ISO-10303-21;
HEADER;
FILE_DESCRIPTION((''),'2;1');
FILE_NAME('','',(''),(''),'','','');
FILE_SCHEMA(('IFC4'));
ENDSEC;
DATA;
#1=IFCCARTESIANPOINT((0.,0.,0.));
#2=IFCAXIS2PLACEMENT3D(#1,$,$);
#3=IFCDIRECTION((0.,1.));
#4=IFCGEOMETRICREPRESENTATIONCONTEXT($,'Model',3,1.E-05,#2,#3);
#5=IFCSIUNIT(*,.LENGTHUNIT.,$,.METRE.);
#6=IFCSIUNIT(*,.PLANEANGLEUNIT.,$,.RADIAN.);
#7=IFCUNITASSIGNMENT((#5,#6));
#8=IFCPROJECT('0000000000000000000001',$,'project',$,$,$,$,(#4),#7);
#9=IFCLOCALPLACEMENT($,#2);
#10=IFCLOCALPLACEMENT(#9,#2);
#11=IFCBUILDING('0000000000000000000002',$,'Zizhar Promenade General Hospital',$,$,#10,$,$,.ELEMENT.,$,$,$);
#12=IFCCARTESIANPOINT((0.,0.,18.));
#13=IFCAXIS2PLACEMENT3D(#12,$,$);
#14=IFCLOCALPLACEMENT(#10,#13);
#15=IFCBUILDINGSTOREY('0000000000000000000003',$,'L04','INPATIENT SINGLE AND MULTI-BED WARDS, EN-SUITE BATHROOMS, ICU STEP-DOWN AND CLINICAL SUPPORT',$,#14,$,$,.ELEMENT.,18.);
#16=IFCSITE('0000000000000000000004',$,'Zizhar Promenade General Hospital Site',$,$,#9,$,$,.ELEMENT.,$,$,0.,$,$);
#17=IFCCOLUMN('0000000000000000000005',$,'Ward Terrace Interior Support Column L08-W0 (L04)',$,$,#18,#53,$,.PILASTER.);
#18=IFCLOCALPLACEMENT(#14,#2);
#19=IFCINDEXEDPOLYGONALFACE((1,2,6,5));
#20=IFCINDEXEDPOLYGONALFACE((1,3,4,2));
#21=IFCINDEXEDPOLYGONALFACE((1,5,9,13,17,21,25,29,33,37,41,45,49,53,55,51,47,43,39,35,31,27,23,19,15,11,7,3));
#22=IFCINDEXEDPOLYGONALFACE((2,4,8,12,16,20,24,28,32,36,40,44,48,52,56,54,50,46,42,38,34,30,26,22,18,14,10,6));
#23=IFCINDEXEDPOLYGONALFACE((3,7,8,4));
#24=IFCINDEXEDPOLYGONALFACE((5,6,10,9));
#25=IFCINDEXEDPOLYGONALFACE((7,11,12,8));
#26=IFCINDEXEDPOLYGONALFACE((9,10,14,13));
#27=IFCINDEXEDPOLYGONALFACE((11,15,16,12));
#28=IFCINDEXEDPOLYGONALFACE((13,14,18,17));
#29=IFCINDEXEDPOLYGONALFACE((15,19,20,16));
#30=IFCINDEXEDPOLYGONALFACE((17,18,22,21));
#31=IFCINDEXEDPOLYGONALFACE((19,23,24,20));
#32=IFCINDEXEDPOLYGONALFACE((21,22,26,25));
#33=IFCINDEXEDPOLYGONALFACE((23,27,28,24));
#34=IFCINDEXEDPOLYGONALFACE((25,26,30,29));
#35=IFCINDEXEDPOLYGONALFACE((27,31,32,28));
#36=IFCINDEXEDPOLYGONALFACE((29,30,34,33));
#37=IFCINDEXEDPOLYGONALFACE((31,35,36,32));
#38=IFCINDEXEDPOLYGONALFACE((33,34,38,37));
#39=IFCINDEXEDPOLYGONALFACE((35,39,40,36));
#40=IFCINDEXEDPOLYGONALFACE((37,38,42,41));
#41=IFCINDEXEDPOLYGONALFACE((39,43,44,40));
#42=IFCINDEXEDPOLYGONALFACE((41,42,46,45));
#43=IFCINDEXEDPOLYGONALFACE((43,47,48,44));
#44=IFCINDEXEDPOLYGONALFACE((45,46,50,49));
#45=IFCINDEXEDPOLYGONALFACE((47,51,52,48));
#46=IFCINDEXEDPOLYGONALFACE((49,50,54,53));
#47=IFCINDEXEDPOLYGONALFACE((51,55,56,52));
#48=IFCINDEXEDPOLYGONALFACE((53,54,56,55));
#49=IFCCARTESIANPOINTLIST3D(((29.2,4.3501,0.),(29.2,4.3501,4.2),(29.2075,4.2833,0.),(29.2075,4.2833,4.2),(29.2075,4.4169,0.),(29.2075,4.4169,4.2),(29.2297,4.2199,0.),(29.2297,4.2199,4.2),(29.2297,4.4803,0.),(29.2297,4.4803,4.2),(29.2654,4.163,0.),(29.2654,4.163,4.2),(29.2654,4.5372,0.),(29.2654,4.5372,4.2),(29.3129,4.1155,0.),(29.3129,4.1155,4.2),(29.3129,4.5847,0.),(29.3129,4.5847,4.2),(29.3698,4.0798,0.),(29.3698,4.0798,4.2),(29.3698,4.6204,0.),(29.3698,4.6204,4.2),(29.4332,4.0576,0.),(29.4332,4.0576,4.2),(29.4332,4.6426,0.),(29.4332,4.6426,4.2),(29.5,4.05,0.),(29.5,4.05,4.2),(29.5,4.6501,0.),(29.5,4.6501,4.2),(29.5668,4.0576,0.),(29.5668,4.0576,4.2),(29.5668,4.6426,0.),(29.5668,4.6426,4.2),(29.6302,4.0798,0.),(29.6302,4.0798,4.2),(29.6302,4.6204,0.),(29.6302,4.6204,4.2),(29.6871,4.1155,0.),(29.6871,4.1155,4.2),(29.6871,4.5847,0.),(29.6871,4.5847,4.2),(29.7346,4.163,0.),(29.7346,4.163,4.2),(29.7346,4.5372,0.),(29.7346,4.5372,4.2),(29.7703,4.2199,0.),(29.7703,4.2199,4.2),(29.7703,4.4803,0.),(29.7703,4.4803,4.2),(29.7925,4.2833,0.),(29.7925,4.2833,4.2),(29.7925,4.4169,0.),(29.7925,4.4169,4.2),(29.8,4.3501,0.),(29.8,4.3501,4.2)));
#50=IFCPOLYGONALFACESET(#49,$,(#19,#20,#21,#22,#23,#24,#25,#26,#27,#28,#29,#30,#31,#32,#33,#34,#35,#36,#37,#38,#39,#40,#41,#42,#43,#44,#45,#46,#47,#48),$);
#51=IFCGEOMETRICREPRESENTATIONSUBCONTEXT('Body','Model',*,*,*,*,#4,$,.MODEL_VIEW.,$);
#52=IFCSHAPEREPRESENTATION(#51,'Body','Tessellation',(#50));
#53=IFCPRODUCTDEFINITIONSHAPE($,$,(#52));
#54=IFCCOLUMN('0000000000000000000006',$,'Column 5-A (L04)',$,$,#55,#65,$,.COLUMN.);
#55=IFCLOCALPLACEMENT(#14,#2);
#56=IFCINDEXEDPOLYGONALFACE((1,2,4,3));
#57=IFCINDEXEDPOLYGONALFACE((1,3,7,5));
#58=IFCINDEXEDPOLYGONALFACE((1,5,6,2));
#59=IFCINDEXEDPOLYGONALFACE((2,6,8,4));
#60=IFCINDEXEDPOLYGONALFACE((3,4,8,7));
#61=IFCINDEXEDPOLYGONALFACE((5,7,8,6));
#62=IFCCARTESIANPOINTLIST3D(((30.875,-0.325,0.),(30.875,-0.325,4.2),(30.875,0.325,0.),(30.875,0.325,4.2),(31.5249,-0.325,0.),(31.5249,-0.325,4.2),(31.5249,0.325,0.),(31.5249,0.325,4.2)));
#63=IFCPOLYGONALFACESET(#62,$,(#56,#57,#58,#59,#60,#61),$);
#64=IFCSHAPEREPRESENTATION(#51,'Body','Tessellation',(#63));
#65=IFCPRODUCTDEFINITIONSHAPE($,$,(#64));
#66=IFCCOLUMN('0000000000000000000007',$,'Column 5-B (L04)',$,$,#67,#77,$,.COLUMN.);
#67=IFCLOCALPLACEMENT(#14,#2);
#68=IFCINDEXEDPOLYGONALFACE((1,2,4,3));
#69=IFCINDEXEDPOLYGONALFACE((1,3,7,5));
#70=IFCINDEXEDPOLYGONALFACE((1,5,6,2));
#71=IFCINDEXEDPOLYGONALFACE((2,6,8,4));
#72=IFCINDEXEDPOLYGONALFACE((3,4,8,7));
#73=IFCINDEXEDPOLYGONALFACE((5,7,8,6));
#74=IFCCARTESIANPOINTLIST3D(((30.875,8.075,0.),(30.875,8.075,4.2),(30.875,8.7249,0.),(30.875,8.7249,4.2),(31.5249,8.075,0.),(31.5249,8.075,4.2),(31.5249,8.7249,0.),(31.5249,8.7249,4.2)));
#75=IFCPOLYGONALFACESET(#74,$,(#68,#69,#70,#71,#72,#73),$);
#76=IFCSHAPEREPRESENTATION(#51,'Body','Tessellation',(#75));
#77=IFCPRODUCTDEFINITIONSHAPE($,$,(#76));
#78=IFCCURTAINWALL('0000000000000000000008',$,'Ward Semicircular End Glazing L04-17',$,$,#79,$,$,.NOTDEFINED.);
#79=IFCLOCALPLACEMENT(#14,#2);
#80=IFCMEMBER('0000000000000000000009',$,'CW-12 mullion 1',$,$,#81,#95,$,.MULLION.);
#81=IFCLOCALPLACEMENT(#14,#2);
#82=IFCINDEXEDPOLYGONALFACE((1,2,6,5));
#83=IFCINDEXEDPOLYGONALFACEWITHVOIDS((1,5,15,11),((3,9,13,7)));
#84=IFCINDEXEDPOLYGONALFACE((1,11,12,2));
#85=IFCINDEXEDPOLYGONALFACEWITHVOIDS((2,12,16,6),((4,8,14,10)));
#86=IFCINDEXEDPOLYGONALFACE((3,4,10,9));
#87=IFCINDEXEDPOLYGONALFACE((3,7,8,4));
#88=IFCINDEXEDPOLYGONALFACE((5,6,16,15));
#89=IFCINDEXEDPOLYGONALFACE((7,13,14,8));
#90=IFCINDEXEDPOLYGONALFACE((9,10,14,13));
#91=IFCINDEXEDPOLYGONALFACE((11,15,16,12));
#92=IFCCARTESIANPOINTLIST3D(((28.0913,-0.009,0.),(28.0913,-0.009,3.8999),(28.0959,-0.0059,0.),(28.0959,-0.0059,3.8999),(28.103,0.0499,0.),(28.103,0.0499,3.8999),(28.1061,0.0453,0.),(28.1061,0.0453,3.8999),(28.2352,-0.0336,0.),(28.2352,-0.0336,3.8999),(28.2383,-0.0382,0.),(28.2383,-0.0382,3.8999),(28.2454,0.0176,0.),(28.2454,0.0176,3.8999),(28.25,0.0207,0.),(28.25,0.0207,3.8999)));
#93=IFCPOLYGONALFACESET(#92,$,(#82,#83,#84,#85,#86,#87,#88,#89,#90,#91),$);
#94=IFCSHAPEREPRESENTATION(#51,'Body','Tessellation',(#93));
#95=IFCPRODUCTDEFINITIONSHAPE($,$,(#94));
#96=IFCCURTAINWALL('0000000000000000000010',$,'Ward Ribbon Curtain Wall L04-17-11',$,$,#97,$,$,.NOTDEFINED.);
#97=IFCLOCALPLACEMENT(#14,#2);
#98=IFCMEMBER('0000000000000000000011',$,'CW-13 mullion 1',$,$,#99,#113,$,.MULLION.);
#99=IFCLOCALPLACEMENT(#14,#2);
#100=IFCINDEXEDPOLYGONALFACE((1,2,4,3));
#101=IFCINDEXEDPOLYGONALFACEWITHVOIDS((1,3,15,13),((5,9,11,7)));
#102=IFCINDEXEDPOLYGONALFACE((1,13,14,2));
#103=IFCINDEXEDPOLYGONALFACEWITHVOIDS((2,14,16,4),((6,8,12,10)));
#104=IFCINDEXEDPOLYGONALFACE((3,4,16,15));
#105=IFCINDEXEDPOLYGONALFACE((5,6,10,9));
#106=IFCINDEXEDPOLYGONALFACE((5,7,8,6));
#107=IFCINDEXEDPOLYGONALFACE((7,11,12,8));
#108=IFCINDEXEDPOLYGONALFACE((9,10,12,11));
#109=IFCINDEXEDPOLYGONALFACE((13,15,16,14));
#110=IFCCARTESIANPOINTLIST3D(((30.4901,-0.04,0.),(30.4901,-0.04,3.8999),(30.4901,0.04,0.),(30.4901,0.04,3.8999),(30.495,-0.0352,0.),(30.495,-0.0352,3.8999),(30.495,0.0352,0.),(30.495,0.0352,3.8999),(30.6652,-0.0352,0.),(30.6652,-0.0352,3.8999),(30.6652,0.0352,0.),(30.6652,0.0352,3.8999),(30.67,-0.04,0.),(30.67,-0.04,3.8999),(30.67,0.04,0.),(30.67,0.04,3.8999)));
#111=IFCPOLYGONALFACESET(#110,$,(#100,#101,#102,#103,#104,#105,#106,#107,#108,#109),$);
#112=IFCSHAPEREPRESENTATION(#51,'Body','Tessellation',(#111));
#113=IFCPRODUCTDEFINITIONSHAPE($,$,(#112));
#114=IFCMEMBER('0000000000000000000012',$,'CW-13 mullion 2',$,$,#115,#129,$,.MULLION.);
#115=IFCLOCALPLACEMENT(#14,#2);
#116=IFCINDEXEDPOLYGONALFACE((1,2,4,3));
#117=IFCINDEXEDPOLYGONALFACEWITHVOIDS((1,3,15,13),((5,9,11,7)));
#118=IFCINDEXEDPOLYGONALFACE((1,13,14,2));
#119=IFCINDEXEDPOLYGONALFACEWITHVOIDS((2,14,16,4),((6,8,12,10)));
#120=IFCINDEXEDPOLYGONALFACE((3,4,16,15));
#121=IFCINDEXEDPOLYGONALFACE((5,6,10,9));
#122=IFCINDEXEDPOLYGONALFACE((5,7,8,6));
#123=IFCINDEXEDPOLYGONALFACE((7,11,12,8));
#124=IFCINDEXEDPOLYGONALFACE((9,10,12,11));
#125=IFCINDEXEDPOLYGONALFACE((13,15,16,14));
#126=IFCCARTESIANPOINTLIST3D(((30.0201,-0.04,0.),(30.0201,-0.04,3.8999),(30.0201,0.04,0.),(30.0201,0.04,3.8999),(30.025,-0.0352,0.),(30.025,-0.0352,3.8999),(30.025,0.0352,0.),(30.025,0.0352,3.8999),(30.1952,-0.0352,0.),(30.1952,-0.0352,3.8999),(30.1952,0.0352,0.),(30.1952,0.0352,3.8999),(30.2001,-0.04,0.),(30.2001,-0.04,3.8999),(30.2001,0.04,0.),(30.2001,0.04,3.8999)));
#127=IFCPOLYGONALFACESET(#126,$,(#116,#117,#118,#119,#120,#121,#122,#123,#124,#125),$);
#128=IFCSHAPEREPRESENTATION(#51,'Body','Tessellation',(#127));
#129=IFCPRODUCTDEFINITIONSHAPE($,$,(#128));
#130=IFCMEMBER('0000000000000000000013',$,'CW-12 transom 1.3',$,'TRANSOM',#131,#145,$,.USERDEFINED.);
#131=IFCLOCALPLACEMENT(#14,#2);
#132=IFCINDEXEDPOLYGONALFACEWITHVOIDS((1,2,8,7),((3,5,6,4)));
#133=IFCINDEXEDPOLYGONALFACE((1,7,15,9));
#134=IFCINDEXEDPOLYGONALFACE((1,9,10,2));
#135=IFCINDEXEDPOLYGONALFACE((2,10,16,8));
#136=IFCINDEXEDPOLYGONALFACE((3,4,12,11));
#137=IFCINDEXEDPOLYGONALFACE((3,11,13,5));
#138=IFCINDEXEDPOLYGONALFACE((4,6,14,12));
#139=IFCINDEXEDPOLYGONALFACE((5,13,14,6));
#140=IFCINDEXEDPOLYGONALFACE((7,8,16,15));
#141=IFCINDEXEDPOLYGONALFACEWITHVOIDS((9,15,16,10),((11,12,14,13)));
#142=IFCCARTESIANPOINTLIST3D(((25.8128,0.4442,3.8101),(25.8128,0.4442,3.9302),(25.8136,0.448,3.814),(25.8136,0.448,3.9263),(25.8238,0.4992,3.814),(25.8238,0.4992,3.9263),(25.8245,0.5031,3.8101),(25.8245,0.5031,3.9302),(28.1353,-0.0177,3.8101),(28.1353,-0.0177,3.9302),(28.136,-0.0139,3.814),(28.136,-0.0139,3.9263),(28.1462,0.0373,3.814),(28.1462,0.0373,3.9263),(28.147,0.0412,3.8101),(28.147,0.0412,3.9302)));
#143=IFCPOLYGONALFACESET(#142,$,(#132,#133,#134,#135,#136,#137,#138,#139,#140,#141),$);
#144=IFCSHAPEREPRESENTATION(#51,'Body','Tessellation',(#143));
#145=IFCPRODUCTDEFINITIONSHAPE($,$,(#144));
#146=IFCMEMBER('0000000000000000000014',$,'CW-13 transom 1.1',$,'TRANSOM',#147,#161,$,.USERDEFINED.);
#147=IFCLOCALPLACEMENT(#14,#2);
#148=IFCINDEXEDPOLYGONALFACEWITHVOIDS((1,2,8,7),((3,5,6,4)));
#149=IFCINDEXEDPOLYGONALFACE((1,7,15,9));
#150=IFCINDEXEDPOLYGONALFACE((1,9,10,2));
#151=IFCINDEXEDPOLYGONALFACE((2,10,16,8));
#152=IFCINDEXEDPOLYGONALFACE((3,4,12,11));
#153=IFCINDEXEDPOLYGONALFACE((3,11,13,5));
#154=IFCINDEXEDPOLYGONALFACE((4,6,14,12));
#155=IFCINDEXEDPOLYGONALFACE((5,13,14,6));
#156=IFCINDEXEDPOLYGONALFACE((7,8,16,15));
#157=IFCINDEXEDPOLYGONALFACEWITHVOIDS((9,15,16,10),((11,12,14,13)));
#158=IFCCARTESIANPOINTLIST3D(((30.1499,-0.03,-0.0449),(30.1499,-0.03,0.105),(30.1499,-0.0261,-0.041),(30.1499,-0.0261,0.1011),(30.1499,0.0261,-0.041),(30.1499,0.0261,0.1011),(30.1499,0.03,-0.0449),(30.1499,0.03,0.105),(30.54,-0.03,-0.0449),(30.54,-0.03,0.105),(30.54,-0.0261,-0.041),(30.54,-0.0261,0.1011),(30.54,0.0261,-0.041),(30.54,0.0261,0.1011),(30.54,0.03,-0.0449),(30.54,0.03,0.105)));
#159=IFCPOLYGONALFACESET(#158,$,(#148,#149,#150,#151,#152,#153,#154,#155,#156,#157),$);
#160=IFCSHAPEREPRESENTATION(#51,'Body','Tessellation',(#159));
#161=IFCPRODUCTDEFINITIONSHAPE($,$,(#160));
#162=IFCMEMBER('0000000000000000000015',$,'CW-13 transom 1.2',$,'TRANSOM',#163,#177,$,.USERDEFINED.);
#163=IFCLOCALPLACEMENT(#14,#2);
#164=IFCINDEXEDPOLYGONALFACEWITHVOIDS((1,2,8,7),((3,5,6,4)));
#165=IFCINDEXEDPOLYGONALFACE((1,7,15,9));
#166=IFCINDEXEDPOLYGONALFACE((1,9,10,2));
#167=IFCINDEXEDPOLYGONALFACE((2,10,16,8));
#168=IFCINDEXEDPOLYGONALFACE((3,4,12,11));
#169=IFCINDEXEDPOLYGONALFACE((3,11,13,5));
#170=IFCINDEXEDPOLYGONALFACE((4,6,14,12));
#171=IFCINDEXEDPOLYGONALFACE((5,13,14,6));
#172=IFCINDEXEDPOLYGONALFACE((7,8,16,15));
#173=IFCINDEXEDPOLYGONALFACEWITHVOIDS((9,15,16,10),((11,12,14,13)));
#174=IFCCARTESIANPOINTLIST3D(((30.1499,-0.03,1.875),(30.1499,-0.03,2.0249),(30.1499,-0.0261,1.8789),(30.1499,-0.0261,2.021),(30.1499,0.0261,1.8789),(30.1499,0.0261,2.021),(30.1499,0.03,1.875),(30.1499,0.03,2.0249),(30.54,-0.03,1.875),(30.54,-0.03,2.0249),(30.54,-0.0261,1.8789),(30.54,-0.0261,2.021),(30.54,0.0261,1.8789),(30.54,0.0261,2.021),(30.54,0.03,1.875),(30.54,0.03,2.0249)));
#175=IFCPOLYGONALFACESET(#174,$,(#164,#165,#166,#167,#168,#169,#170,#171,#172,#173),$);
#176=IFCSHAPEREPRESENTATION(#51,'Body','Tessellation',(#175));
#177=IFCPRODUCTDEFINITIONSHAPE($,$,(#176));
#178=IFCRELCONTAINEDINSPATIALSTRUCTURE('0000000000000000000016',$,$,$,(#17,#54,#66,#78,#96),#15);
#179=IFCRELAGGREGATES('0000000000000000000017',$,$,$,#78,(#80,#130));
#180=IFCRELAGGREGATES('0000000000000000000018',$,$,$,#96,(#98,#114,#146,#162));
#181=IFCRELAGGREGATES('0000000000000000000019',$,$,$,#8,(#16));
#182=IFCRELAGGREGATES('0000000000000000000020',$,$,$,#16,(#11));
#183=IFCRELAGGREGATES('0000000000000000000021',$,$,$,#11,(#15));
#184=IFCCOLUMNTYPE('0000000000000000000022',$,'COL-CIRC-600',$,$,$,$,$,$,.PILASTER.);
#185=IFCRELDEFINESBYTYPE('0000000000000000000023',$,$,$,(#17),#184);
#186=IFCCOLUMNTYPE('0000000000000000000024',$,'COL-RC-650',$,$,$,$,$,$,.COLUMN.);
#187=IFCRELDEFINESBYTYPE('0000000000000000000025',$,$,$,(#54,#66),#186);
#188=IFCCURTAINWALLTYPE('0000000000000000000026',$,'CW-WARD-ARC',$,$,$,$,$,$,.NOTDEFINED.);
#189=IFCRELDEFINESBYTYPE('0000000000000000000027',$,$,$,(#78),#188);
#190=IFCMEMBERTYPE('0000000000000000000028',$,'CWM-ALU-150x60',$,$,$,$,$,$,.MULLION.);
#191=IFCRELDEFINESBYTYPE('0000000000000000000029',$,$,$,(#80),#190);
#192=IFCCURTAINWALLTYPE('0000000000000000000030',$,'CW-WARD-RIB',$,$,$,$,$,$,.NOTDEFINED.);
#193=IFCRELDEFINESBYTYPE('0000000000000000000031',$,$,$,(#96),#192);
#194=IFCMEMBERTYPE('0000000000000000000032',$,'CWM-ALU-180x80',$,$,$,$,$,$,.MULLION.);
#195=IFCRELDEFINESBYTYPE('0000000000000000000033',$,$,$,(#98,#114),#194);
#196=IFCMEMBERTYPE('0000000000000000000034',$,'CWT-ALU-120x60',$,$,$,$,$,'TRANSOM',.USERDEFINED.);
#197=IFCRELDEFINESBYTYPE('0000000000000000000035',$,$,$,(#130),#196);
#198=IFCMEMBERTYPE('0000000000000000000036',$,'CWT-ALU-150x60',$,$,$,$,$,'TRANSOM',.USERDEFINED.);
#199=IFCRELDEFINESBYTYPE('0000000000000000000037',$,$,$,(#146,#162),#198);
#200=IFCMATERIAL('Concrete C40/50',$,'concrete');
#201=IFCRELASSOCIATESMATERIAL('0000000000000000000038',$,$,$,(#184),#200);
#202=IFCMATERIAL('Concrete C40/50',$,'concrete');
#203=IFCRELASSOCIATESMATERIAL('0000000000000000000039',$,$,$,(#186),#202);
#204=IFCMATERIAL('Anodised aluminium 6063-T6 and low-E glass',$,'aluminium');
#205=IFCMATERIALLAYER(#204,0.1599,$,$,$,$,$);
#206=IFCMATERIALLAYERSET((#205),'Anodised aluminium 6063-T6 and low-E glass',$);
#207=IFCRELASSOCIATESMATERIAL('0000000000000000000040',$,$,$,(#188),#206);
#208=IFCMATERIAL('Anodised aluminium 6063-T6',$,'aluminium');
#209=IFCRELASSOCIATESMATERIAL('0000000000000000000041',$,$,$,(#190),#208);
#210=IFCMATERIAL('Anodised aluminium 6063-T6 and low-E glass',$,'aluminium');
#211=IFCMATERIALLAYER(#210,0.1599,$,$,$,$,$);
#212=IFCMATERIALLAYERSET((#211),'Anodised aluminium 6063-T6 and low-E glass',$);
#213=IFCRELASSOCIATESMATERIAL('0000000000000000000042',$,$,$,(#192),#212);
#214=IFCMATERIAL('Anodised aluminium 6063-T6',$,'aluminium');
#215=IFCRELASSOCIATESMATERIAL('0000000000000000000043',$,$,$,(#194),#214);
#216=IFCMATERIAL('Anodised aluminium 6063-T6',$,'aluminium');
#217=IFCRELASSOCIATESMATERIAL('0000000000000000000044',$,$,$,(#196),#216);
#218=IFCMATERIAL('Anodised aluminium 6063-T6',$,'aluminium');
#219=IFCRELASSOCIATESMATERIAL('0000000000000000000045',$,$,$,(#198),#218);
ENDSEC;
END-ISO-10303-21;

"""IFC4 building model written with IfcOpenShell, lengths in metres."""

from ifc_helpers import new_model, si_unit, direction, frame, origin, origin_2d, place, context, subcontext, project, spatial, rectangle, hollow_rectangle, circle, extrude, material, layer, layer_set, material_profile, profile_set, type_object, element, aggregate, save


model = new_model("IFC4")

# Units and contexts
model_context = context("Model", 3, precision=1e-05, world=origin(), true_north=direction((0.0, 1.0)))
body_context = subcontext(model_context, "Body", "Model", "MODEL_VIEW")
ifc_project = project(units=[si_unit("LENGTHUNIT", "METRE"), si_unit("PLANEANGLEUNIT", "RADIAN")], contexts=[model_context])

# Site, building, storey
site_placement = place(None, origin())
site = spatial("IfcSite", under=ifc_project, at=site_placement, Name="Zizhar Promenade General Hospital Site", CompositionType="ELEMENT", RefElevation=0.0)
building_placement = place(site_placement, origin())
building = spatial("IfcBuilding", under=site, at=building_placement, Name="Zizhar Promenade General Hospital", CompositionType="ELEMENT")
storey_placement = place(building_placement, frame((0.0, 0.0, 18.0)))
storey = spatial("IfcBuildingStorey", under=building, at=storey_placement, Name="L04", Description="INPATIENT SINGLE AND MULTI-BED WARDS, EN-SUITE BATHROOMS, ICU STEP-DOWN AND CLINICAL SUPPORT", CompositionType="ELEMENT", Elevation=18.0)

# Columns
ifc_material_1 = material(Name="Concrete C40/50", Category="concrete")
ifc_material_profile_1 = material_profile(ifc_material_1, circle(Radius=0.3, at=origin_2d()))
ifc_profile_set_1 = profile_set([ifc_material_profile_1], Name="Concrete C40/50")
column_type_1 = type_object("IfcColumnType", Name="COL-CIRC-600", PredefinedType="PILASTER", material=ifc_profile_set_1)
column_placement = place(storey_placement, frame((29.5, 4.3501, 0.0), z_axis=(0.0, 0.0, 1.0), x_axis=(1.0, 0.0, 0.0)))
element("IfcColumn", 1, at=column_placement, inside=storey, type_object=column_type_1, Name="Ward Terrace Interior Support Column L08-W0 (L04)", PredefinedType="PILASTER", context=body_context, shape_type="SweptSolid", body=[
    extrude(circle(Radius=0.3, at=origin_2d()), origin(), (0.0, 0.0, 1.0), 4.2),
])
ifc_material_2 = material(Name="Concrete C40/50", Category="concrete")
ifc_material_profile_2 = material_profile(ifc_material_2, rectangle(XDim=0.6499, YDim=0.6499, at=origin_2d()))
ifc_profile_set_2 = profile_set([ifc_material_profile_2], Name="Concrete C40/50")
column_type_2 = type_object("IfcColumnType", Name="COL-RC-650", PredefinedType="COLUMN", material=ifc_profile_set_2)
for number, where, z_axis, x_axis, name in (
    (2, (31.2, 0.0, 0.0), (0.0, 0.0, 1.0), (1.0, 0.0, 0.0), "Column 5-A (L04)"),
    (3, (31.2, 8.3999, 0.0), (0.0, 0.0, 1.0), (1.0, 0.0, 0.0), "Column 5-B (L04)"),
):
    element("IfcColumn", number, at=place(storey_placement, frame(where, z_axis=z_axis, x_axis=x_axis)), inside=storey, type_object=column_type_2, Name=name, PredefinedType="COLUMN", context=body_context, shape_type="SweptSolid", body=[
        extrude(rectangle(XDim=0.6499, YDim=0.6499, at=origin_2d()), origin(), (0.0, 0.0, 1.0), 4.2),
    ])

# Curtain wall, member
ifc_material_3 = material(Name="Anodised aluminium 6063-T6 and low-E glass", Category="aluminium")
ifc_layer_1 = layer(ifc_material_3, 0.1599)
ifc_layer_set_1 = layer_set([ifc_layer_1], Name="Anodised aluminium 6063-T6 and low-E glass")
curtain_wall_type_1 = type_object("IfcCurtainWallType", Name="CW-WARD-ARC", PredefinedType="NOTDEFINED", material=ifc_layer_set_1)
curtain_wall_1_placement = place(storey_placement, origin())
curtain_wall_1 = element("IfcCurtainWall", 4, at=curtain_wall_1_placement, inside=storey, type_object=curtain_wall_type_1, Name="Ward Semicircular End Glazing L04-17", PredefinedType="NOTDEFINED")
ifc_material_4 = material(Name="Anodised aluminium 6063-T6", Category="aluminium")
ifc_material_profile_3 = material_profile(ifc_material_4, hollow_rectangle(XDim=0.0601, YDim=0.1499, WallThickness=0.0039, at=origin_2d()))
ifc_profile_set_3 = profile_set([ifc_material_profile_3], Name="Anodised aluminium 6063-T6")
member_type_1 = type_object("IfcMemberType", Name="CWM-ALU-150x60", PredefinedType="MULLION", material=ifc_profile_set_3)
member_1_placement = place(storey_placement, frame((28.1707, 0.0059, 0.0), z_axis=(0.0, 0.0, 1.0), x_axis=(-0.195087, -0.980786, 0.0)))
member_1 = element("IfcMember", 5, at=member_1_placement, type_object=member_type_1, Name="CW-12 mullion 1", PredefinedType="MULLION", context=body_context, shape_type="SweptSolid", body=[
    extrude(hollow_rectangle(XDim=0.0601, YDim=0.1499, WallThickness=0.0039, at=origin_2d()), origin(), (0.0, 0.0, 1.0), 3.8999),
])

# Curtain wall, members
ifc_material_5 = material(Name="Anodised aluminium 6063-T6 and low-E glass", Category="aluminium")
ifc_layer_2 = layer(ifc_material_5, 0.1599)
ifc_layer_set_2 = layer_set([ifc_layer_2], Name="Anodised aluminium 6063-T6 and low-E glass")
curtain_wall_type_2 = type_object("IfcCurtainWallType", Name="CW-WARD-RIB", PredefinedType="NOTDEFINED", material=ifc_layer_set_2)
curtain_wall_2_placement = place(storey_placement, origin())
curtain_wall_2 = element("IfcCurtainWall", 6, at=curtain_wall_2_placement, inside=storey, type_object=curtain_wall_type_2, Name="Ward Ribbon Curtain Wall L04-17-11", PredefinedType="NOTDEFINED")
ifc_material_6 = material(Name="Anodised aluminium 6063-T6", Category="aluminium")
ifc_material_profile_4 = material_profile(ifc_material_6, hollow_rectangle(XDim=0.0801, YDim=0.1799, WallThickness=0.0049, at=origin_2d()))
ifc_profile_set_4 = profile_set([ifc_material_profile_4], Name="Anodised aluminium 6063-T6")
member_type_2 = type_object("IfcMemberType", Name="CWM-ALU-180x80", PredefinedType="MULLION", material=ifc_profile_set_4)
member_2_placement = place(storey_placement, frame((30.5801, 0.0, 0.0), z_axis=(0.0, 0.0, 1.0), x_axis=(0.0, -1.0, 0.0)))
member_2 = element("IfcMember", 7, at=member_2_placement, type_object=member_type_2, Name="CW-13 mullion 1", PredefinedType="MULLION", context=body_context, shape_type="SweptSolid", body=[
    extrude(hollow_rectangle(XDim=0.0801, YDim=0.1799, WallThickness=0.0049, at=origin_2d()), origin(), (0.0, 0.0, 1.0), 3.8999),
])
member_3_placement = place(storey_placement, frame((30.1101, 0.0, 0.0), z_axis=(0.0, 0.0, 1.0), x_axis=(0.0, -1.0, 0.0)))
member_3 = element("IfcMember", 8, at=member_3_placement, type_object=member_type_2, Name="CW-13 mullion 2", PredefinedType="MULLION", context=body_context, shape_type="SweptSolid", body=[
    extrude(hollow_rectangle(XDim=0.0801, YDim=0.1799, WallThickness=0.0049, at=origin_2d()), origin(), (0.0, 0.0, 1.0), 3.8999),
])

# Members
ifc_material_7 = material(Name="Anodised aluminium 6063-T6", Category="aluminium")
ifc_material_profile_5 = material_profile(ifc_material_7, hollow_rectangle(XDim=0.0601, YDim=0.1201, WallThickness=0.0039, at=origin_2d()))
ifc_profile_set_5 = profile_set([ifc_material_profile_5], Name="Anodised aluminium 6063-T6")
member_type_3 = type_object("IfcMemberType", Name="CWT-ALU-120x60", ElementType="TRANSOM", PredefinedType="USERDEFINED", material=ifc_profile_set_5)
member_4_placement = place(storey_placement, frame((28.1411, 0.0117, 3.8701), z_axis=(-0.98079, 0.195065, 0.0), x_axis=(-0.195065, -0.98079, 0.0)))
member_4 = element("IfcMember", 9, at=member_4_placement, type_object=member_type_3, Name="CW-12 transom 1.3", ObjectType="TRANSOM", PredefinedType="USERDEFINED", context=body_context, shape_type="SweptSolid", body=[
    extrude(hollow_rectangle(XDim=0.0601, YDim=0.1201, WallThickness=0.0039, at=origin_2d()), origin(), (0.0, 0.0, 1.0), 2.3679),
])
aggregate(curtain_wall_1, [member_1, member_4])
ifc_material_8 = material(Name="Anodised aluminium 6063-T6", Category="aluminium")
ifc_material_profile_6 = material_profile(ifc_material_8, hollow_rectangle(XDim=0.0601, YDim=0.1499, WallThickness=0.0039, at=origin_2d()))
ifc_profile_set_6 = profile_set([ifc_material_profile_6], Name="Anodised aluminium 6063-T6")
member_type_4 = type_object("IfcMemberType", Name="CWT-ALU-150x60", ElementType="TRANSOM", PredefinedType="USERDEFINED", material=ifc_profile_set_6)
member_5_placement = place(storey_placement, frame((30.54, 0.0, 0.03), z_axis=(-1.0, 0.0, 0.0), x_axis=(0.0, -1.0, 0.0)))
member_5 = element("IfcMember", 10, at=member_5_placement, type_object=member_type_4, Name="CW-13 transom 1.1", ObjectType="TRANSOM", PredefinedType="USERDEFINED", context=body_context, shape_type="SweptSolid", body=[
    extrude(hollow_rectangle(XDim=0.0601, YDim=0.1499, WallThickness=0.0039, at=origin_2d()), origin(), (0.0, 0.0, 1.0), 0.3901),
])
member_6_placement = place(storey_placement, frame((30.54, 0.0, 1.95), z_axis=(-1.0, 0.0, 0.0), x_axis=(0.0, -1.0, 0.0)))
member_6 = element("IfcMember", 11, at=member_6_placement, type_object=member_type_4, Name="CW-13 transom 1.2", ObjectType="TRANSOM", PredefinedType="USERDEFINED", context=body_context, shape_type="SweptSolid", body=[
    extrude(hollow_rectangle(XDim=0.0601, YDim=0.1499, WallThickness=0.0039, at=origin_2d()), origin(), (0.0, 0.0, 1.0), 0.3901),
])

aggregate(curtain_wall_2, [member_2, member_3, member_5, member_6])

save(model, "model.ifc")
